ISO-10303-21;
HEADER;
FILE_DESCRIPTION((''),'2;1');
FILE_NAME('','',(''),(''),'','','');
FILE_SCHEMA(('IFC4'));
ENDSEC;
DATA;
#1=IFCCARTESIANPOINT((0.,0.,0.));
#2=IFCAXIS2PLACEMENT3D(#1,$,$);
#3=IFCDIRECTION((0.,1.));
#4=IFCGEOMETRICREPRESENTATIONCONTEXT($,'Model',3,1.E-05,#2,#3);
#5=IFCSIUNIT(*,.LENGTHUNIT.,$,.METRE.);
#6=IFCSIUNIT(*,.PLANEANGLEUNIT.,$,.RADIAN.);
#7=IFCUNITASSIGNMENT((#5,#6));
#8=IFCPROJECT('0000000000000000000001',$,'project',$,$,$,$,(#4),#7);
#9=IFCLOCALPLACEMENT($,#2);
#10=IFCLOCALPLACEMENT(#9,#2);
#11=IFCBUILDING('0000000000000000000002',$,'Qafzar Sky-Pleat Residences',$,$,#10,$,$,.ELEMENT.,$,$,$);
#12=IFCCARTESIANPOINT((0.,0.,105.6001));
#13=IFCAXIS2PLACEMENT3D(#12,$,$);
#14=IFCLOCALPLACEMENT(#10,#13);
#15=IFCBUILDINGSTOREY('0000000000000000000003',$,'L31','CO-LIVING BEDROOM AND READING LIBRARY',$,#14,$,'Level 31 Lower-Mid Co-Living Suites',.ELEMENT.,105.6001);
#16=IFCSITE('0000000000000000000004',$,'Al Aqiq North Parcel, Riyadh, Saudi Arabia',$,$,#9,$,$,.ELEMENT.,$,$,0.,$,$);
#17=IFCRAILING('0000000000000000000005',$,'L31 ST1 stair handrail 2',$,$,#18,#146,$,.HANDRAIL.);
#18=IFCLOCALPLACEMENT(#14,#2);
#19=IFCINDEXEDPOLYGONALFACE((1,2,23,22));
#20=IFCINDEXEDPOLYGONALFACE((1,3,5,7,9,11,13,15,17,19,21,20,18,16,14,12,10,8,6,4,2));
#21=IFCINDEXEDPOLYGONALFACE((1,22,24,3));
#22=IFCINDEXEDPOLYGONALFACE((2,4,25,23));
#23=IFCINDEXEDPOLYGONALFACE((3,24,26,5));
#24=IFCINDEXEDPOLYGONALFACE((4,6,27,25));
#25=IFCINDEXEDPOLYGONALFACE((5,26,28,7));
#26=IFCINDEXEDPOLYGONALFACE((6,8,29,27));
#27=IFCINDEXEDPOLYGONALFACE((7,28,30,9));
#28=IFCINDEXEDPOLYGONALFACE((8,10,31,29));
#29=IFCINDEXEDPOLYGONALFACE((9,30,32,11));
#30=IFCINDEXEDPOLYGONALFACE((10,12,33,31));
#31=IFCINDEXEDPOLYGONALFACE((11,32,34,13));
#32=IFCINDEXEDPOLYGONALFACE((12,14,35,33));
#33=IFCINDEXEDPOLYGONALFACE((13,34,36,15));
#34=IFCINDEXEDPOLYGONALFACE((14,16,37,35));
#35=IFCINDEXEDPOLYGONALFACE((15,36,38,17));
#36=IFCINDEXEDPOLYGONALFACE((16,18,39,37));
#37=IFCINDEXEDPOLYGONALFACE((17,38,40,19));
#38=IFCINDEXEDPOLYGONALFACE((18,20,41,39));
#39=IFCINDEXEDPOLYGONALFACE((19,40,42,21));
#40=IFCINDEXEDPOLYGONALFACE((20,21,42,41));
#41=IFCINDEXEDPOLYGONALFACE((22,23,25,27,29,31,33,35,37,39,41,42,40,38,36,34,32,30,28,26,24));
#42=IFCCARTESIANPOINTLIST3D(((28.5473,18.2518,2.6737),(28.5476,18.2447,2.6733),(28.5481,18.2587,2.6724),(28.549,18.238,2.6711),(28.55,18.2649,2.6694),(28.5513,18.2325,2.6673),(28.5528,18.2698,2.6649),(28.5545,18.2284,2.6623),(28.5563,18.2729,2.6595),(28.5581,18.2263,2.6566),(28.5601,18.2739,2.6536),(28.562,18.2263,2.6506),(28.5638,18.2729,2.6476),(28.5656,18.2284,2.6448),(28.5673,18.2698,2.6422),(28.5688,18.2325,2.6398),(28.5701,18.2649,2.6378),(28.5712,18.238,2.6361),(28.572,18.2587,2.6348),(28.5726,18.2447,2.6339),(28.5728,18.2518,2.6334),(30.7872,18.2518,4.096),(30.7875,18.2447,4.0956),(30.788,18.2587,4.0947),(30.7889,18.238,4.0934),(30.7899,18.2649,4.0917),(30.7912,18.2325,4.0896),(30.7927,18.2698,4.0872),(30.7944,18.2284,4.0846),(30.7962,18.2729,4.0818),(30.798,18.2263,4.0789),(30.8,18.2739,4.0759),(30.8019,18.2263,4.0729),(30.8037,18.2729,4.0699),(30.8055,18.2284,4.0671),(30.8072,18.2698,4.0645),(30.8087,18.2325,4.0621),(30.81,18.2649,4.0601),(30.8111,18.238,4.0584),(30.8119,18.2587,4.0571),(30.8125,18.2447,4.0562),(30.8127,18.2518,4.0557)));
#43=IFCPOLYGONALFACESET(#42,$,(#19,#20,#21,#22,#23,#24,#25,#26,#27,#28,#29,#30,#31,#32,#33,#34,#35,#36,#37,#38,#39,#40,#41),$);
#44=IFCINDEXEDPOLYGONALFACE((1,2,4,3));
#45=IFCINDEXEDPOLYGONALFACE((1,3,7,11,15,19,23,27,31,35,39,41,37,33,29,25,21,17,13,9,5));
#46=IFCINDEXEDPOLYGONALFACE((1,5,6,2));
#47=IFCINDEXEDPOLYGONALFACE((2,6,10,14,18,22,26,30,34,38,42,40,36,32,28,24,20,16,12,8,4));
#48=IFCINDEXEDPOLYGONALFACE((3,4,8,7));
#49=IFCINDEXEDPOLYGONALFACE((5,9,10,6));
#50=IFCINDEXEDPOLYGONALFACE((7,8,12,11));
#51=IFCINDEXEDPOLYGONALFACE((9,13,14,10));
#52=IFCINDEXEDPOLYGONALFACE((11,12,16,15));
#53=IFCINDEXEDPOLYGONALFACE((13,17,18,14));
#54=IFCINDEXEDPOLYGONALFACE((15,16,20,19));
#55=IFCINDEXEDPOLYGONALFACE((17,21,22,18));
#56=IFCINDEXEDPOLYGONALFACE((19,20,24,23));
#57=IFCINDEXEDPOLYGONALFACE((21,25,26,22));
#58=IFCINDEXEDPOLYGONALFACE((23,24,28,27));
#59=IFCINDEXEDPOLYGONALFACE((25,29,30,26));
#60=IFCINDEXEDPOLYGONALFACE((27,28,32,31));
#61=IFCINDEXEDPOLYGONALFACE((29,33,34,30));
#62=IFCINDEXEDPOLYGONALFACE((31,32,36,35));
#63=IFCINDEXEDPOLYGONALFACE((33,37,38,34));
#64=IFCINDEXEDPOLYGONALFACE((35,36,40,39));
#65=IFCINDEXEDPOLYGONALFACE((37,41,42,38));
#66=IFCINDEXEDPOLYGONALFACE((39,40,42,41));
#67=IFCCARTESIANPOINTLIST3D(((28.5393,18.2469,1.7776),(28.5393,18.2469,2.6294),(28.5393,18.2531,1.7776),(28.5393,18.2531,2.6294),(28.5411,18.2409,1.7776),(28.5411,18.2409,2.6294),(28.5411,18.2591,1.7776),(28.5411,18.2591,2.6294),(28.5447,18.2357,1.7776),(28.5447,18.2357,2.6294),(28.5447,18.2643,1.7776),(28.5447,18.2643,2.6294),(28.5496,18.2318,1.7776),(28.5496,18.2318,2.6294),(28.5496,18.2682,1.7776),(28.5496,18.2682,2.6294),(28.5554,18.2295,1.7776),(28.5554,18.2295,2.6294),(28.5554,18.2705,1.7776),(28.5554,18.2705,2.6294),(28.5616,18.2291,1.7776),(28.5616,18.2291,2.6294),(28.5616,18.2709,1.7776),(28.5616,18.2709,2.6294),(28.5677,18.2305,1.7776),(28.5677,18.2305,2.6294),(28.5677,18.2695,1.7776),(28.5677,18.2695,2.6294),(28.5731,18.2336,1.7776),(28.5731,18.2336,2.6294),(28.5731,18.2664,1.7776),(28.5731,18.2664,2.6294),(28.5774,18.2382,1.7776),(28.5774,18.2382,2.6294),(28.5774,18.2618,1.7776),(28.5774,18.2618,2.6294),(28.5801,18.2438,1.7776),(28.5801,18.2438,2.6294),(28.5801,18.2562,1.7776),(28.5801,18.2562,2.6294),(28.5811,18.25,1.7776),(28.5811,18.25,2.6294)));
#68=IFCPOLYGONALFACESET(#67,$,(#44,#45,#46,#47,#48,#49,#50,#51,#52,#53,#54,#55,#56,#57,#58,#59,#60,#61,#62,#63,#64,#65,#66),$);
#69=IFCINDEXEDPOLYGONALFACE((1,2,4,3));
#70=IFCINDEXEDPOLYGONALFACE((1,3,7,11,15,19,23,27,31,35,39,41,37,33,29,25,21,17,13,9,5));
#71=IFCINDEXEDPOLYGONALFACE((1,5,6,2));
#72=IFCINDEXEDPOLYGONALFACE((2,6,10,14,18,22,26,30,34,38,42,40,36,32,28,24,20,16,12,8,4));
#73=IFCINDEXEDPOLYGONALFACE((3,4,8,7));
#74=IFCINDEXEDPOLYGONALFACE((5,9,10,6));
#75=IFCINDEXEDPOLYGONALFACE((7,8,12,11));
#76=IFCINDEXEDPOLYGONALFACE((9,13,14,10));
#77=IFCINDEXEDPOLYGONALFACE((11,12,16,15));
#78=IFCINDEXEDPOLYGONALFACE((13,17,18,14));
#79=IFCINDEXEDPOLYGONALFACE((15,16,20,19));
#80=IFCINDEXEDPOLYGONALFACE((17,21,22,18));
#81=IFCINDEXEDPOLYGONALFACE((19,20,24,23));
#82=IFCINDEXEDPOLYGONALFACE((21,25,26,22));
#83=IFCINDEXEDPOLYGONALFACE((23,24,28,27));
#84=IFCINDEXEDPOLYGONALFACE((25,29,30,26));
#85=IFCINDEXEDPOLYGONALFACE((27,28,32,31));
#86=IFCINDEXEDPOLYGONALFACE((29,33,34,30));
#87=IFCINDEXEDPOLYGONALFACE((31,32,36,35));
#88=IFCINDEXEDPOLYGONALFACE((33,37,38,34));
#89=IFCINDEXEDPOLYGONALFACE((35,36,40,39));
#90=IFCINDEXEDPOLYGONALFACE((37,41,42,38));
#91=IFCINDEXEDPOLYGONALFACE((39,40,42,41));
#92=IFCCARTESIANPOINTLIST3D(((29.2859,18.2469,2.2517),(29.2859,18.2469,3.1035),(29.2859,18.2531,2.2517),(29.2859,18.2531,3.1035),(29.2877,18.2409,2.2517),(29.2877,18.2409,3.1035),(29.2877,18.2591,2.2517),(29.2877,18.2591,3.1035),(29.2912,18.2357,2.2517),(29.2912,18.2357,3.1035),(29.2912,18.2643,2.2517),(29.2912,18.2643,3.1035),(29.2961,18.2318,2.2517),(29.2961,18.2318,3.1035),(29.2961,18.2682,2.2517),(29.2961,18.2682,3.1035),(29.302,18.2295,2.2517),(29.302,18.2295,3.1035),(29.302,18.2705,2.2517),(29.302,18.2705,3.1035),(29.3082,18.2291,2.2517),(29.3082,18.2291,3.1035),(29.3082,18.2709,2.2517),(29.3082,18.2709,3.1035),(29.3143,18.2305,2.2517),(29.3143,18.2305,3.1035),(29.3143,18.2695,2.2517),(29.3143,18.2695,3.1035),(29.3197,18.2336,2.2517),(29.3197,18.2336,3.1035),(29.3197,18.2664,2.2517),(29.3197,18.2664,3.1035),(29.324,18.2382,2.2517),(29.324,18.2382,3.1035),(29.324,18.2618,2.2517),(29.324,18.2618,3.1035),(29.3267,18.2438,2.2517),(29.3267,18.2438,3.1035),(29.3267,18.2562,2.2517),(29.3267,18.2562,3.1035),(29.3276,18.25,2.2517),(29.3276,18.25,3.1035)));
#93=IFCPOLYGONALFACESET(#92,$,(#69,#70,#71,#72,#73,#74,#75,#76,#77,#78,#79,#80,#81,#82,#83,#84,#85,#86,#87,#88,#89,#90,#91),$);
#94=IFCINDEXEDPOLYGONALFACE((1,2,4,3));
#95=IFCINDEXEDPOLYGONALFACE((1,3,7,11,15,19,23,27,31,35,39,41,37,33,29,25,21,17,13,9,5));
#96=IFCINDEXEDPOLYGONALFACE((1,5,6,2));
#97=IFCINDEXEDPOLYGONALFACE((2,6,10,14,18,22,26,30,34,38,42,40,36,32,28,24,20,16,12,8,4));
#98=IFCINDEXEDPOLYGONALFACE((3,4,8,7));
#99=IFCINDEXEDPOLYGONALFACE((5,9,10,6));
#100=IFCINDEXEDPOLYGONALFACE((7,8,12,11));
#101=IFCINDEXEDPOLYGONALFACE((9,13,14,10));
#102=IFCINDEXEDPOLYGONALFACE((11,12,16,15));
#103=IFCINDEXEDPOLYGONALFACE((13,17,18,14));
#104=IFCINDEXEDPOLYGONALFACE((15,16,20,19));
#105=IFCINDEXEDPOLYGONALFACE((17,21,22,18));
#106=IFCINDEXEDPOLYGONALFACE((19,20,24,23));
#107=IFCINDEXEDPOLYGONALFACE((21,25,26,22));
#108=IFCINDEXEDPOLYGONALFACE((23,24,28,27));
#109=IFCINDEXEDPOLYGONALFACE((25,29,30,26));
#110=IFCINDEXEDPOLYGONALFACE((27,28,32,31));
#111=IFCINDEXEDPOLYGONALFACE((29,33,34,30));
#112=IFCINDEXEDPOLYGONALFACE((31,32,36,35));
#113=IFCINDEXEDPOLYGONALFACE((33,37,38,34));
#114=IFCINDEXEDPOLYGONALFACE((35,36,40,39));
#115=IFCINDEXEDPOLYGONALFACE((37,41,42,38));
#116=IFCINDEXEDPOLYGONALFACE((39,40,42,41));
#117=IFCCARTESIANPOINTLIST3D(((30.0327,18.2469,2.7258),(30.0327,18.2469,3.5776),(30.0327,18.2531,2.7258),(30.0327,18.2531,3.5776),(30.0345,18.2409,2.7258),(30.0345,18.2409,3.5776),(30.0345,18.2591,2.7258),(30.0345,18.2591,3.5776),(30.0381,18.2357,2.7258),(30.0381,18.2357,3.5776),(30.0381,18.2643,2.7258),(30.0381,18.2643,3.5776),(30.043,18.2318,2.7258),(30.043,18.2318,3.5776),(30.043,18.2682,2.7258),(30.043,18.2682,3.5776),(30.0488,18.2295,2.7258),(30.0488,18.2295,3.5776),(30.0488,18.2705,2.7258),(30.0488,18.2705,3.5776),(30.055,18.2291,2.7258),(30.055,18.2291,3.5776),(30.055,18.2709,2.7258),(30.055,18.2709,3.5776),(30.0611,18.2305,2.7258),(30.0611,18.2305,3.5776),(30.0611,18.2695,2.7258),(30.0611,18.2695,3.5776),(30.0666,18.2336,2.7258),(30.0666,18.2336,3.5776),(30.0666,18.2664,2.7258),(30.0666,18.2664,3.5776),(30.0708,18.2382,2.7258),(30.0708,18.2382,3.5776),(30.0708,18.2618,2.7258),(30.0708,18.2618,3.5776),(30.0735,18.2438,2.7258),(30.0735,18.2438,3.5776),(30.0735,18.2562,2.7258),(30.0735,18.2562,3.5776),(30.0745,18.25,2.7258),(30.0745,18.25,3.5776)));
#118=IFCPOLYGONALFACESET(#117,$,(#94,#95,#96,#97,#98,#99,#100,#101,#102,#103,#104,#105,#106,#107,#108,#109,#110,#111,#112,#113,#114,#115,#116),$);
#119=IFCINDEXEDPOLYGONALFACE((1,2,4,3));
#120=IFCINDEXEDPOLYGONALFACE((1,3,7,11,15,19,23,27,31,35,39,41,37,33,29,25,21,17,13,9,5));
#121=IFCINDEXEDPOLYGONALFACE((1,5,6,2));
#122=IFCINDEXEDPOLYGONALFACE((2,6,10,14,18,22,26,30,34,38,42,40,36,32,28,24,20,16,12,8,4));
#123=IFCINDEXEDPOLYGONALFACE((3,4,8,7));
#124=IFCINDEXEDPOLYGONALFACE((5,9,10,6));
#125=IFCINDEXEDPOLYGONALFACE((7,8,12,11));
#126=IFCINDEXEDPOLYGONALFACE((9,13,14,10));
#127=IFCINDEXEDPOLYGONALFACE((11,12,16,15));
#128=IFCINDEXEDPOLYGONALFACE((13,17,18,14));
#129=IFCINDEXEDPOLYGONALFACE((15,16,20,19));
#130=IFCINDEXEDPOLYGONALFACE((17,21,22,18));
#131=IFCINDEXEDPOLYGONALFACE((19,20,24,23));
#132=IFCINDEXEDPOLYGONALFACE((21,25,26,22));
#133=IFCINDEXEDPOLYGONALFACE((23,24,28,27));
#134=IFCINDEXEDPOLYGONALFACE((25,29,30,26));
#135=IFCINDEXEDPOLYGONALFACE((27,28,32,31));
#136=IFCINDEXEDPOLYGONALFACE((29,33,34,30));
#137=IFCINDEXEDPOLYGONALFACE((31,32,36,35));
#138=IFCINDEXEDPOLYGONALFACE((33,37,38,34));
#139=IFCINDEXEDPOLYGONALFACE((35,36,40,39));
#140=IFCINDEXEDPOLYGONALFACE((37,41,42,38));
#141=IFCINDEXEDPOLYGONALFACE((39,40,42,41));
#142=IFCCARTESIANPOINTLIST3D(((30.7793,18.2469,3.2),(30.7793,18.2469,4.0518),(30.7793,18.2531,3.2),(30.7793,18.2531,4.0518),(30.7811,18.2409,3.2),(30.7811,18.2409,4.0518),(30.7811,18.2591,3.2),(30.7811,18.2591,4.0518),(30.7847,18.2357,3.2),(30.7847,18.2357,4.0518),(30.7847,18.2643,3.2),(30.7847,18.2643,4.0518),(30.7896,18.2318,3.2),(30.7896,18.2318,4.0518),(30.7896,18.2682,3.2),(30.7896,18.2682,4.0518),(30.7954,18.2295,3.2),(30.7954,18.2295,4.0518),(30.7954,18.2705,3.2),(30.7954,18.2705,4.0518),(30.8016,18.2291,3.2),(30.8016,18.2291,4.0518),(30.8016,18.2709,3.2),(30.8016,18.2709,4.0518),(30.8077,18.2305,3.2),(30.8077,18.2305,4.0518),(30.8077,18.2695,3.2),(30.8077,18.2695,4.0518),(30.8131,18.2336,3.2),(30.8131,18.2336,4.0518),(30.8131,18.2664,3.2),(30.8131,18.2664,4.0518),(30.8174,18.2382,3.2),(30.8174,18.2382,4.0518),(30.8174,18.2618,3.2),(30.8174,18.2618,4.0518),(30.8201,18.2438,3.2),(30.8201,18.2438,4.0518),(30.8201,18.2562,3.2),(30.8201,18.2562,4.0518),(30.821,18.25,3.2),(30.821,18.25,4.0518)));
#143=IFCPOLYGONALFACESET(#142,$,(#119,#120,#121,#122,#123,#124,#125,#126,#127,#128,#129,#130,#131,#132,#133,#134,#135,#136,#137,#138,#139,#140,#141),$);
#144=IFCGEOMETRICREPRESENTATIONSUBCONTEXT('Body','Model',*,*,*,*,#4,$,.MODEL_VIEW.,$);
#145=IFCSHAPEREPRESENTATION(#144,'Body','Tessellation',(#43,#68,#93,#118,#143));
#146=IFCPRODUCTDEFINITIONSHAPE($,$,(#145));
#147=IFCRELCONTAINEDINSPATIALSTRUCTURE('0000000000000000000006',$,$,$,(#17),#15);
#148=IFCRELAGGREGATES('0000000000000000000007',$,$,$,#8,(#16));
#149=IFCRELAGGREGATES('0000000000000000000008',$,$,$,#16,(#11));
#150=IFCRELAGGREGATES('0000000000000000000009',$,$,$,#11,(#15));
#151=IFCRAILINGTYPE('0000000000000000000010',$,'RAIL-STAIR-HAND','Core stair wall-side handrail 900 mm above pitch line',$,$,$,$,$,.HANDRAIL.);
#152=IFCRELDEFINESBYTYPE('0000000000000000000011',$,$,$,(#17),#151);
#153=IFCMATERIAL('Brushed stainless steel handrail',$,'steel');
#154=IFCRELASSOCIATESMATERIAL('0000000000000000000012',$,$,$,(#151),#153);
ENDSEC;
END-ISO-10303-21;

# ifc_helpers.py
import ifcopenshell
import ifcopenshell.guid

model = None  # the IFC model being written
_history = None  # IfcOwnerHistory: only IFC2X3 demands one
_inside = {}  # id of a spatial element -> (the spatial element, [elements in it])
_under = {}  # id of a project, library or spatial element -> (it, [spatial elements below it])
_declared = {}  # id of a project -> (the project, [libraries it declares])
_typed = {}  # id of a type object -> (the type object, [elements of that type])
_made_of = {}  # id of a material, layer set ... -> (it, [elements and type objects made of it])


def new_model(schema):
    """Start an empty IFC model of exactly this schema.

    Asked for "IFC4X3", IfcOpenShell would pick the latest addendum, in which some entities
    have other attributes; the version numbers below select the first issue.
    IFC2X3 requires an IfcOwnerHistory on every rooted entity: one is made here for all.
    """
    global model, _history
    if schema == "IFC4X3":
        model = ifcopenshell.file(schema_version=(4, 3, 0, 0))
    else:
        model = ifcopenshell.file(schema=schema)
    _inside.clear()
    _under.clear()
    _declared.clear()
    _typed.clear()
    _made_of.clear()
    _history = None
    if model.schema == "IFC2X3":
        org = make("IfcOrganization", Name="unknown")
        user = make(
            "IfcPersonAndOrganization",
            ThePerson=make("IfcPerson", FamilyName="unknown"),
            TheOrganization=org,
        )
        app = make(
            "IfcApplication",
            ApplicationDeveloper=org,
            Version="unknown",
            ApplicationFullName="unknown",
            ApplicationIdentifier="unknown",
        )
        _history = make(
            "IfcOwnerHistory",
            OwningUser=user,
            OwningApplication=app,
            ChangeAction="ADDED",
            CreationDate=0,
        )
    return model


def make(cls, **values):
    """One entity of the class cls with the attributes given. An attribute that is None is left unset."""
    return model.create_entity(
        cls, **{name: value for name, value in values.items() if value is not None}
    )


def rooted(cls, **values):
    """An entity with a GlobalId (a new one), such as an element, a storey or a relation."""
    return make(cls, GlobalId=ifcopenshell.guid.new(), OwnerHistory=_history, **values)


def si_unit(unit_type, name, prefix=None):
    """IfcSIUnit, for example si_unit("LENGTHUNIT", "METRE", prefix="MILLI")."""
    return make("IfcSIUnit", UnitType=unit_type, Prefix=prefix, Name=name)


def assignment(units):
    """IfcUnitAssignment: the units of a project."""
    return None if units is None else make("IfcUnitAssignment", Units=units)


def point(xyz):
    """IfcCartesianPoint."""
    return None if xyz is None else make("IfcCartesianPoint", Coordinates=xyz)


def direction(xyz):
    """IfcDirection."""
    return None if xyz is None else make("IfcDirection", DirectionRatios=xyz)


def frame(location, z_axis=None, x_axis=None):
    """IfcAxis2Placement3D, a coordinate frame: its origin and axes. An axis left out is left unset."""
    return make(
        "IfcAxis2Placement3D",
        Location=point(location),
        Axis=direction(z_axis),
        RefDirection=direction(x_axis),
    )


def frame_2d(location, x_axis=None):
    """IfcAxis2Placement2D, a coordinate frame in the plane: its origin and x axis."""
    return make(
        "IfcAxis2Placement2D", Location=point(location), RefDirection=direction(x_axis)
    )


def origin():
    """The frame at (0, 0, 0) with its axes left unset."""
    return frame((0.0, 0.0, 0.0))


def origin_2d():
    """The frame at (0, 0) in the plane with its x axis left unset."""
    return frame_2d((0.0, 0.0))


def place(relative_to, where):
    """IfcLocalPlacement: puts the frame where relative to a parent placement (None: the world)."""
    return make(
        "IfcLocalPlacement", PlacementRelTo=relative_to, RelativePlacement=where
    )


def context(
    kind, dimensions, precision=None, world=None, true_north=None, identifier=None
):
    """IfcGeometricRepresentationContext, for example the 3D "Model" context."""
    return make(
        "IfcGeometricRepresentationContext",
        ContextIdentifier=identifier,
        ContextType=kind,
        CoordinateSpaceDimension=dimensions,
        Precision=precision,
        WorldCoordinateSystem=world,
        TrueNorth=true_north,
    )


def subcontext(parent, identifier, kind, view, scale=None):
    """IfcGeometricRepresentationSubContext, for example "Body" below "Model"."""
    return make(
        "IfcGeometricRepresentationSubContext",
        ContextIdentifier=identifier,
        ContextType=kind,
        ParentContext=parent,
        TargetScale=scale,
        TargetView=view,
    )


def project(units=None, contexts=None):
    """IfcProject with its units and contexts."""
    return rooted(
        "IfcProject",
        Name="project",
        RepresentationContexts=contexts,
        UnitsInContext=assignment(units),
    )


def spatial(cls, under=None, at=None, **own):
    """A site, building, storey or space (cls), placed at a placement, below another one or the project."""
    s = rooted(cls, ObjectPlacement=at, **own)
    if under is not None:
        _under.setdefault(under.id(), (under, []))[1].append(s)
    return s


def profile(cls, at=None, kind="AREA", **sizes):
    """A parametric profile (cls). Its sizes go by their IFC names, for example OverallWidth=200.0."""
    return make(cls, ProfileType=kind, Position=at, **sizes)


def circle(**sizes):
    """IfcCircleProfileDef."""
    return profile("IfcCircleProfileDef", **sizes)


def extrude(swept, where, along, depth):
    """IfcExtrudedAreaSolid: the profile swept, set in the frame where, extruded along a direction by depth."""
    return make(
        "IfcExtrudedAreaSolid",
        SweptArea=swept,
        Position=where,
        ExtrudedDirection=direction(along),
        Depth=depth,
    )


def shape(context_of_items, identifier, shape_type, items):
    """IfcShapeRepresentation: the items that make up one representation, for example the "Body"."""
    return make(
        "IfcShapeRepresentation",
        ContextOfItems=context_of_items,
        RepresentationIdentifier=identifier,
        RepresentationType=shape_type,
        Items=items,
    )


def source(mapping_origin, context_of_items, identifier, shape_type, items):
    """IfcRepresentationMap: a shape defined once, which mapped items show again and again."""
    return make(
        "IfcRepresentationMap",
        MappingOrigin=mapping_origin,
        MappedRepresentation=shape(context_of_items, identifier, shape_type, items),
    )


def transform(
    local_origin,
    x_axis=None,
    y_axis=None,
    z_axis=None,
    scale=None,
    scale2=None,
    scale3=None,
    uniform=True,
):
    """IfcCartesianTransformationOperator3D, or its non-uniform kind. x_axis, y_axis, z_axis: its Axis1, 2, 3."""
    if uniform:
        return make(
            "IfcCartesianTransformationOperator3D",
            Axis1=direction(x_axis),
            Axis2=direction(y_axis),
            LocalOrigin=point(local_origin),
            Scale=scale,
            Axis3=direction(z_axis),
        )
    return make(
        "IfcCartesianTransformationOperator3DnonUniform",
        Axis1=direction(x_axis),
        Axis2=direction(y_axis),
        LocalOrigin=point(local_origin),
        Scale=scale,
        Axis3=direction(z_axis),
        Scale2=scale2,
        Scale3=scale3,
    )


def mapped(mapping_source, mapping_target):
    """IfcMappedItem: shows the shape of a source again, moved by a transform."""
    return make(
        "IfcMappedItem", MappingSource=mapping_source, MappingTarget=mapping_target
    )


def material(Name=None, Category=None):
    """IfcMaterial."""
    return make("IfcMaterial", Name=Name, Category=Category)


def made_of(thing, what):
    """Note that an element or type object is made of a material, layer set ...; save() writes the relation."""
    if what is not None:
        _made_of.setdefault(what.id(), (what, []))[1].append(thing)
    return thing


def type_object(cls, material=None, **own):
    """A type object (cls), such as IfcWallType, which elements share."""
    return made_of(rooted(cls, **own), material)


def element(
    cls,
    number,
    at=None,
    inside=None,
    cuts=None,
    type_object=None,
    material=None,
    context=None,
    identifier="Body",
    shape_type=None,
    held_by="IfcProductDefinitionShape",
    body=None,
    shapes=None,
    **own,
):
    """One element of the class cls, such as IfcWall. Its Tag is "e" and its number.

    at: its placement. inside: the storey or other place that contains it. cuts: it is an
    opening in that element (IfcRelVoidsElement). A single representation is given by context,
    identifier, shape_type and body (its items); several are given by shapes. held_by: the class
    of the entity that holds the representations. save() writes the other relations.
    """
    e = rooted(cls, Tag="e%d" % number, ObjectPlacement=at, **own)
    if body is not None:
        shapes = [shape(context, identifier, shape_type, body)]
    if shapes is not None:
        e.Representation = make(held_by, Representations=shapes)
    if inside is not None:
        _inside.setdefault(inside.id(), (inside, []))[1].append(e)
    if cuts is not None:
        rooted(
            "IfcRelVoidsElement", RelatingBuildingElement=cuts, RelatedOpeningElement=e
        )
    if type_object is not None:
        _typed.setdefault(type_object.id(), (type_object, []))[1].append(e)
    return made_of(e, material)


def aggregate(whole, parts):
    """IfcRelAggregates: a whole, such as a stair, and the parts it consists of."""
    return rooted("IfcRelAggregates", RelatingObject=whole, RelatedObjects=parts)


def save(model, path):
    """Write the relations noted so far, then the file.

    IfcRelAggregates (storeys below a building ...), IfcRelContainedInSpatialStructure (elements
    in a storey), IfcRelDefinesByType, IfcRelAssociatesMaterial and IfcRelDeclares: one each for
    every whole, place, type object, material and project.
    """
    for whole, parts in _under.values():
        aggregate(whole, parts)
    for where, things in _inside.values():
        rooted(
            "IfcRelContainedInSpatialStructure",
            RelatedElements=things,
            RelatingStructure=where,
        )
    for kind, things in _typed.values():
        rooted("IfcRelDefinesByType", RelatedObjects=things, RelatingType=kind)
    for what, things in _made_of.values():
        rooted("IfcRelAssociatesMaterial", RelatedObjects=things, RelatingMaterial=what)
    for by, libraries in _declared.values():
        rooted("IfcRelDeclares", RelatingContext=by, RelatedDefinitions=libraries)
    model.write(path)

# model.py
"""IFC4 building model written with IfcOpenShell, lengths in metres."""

from ifc_helpers import new_model, si_unit, direction, frame, origin, origin_2d, place, context, subcontext, project, spatial, circle, extrude, source, transform, mapped, material, type_object, element, save


model = new_model("IFC4")

# Units and contexts
model_context = context("Model", 3, precision=1e-05, world=origin(), true_north=direction((0.0, 1.0)))
body_context = subcontext(model_context, "Body", "Model", "MODEL_VIEW")
ifc_project = project(units=[si_unit("LENGTHUNIT", "METRE"), si_unit("PLANEANGLEUNIT", "RADIAN")], contexts=[model_context])

# Site, building, storey
site_placement = place(None, origin())
site = spatial("IfcSite", under=ifc_project, at=site_placement, Name="Al Aqiq North Parcel, Riyadh, Saudi Arabia", CompositionType="ELEMENT", RefElevation=0.0)
building_placement = place(site_placement, origin())
building = spatial("IfcBuilding", under=site, at=building_placement, Name="Qafzar Sky-Pleat Residences", CompositionType="ELEMENT")
storey_placement = place(building_placement, frame((0.0, 0.0, 105.6001)))
storey = spatial("IfcBuildingStorey", under=building, at=storey_placement, Name="L31", Description="CO-LIVING BEDROOM AND READING LIBRARY", LongName="Level 31 Lower-Mid Co-Living Suites", CompositionType="ELEMENT", Elevation=105.6001)

# Railing
ifc_material_1 = material(Name="Brushed stainless steel handrail", Category="steel")
railing_type_1 = type_object("IfcRailingType", Name="RAIL-STAIR-HAND", Description="Core stair wall-side handrail 900 mm above pitch line", PredefinedType="HANDRAIL", material=ifc_material_1)
shared_shape_1 = source(origin(), body_context, "Body", "SweptSolid", [
    extrude(circle(Radius=0.0239, at=origin_2d()), frame((0.0, 0.0, 0.876), z_axis=(0.844188, 0.0, 0.536048), x_axis=(0.0, 1.0, 0.0)), (0.0, 0.0, 1.0), 2.6533),
    extrude(circle(Radius=0.021, at=origin_2d()), origin(), (0.0, 0.0, 1.0), 0.8518),
    extrude(circle(Radius=0.021, at=origin_2d()), frame((0.7466, 0.0, 0.4741)), (0.0, 0.0, 1.0), 0.8518),
    extrude(circle(Radius=0.021, at=origin_2d()), frame((1.4934, 0.0, 0.9482)), (0.0, 0.0, 1.0), 0.8518),
    extrude(circle(Radius=0.021, at=origin_2d()), frame((2.24, 0.0, 1.4224)), (0.0, 0.0, 1.0), 0.8518),
])
railing_1_placement = place(storey_placement, frame((28.5601, 18.25, 1.7776)))
element("IfcRailing", 1, at=railing_1_placement, inside=storey, type_object=railing_type_1, Name="L31 ST1 stair handrail 2", PredefinedType="HANDRAIL", context=body_context, shape_type="MappedRepresentation", body=[
    mapped(shared_shape_1, transform((0.0, 0.0, 0.0), x_axis=(1.0, 0.0, 0.0), y_axis=(0.0, 1.0, 0.0), z_axis=(0.0, 0.0, 1.0), scale=1.0)),
])

save(model, "model.ifc")
